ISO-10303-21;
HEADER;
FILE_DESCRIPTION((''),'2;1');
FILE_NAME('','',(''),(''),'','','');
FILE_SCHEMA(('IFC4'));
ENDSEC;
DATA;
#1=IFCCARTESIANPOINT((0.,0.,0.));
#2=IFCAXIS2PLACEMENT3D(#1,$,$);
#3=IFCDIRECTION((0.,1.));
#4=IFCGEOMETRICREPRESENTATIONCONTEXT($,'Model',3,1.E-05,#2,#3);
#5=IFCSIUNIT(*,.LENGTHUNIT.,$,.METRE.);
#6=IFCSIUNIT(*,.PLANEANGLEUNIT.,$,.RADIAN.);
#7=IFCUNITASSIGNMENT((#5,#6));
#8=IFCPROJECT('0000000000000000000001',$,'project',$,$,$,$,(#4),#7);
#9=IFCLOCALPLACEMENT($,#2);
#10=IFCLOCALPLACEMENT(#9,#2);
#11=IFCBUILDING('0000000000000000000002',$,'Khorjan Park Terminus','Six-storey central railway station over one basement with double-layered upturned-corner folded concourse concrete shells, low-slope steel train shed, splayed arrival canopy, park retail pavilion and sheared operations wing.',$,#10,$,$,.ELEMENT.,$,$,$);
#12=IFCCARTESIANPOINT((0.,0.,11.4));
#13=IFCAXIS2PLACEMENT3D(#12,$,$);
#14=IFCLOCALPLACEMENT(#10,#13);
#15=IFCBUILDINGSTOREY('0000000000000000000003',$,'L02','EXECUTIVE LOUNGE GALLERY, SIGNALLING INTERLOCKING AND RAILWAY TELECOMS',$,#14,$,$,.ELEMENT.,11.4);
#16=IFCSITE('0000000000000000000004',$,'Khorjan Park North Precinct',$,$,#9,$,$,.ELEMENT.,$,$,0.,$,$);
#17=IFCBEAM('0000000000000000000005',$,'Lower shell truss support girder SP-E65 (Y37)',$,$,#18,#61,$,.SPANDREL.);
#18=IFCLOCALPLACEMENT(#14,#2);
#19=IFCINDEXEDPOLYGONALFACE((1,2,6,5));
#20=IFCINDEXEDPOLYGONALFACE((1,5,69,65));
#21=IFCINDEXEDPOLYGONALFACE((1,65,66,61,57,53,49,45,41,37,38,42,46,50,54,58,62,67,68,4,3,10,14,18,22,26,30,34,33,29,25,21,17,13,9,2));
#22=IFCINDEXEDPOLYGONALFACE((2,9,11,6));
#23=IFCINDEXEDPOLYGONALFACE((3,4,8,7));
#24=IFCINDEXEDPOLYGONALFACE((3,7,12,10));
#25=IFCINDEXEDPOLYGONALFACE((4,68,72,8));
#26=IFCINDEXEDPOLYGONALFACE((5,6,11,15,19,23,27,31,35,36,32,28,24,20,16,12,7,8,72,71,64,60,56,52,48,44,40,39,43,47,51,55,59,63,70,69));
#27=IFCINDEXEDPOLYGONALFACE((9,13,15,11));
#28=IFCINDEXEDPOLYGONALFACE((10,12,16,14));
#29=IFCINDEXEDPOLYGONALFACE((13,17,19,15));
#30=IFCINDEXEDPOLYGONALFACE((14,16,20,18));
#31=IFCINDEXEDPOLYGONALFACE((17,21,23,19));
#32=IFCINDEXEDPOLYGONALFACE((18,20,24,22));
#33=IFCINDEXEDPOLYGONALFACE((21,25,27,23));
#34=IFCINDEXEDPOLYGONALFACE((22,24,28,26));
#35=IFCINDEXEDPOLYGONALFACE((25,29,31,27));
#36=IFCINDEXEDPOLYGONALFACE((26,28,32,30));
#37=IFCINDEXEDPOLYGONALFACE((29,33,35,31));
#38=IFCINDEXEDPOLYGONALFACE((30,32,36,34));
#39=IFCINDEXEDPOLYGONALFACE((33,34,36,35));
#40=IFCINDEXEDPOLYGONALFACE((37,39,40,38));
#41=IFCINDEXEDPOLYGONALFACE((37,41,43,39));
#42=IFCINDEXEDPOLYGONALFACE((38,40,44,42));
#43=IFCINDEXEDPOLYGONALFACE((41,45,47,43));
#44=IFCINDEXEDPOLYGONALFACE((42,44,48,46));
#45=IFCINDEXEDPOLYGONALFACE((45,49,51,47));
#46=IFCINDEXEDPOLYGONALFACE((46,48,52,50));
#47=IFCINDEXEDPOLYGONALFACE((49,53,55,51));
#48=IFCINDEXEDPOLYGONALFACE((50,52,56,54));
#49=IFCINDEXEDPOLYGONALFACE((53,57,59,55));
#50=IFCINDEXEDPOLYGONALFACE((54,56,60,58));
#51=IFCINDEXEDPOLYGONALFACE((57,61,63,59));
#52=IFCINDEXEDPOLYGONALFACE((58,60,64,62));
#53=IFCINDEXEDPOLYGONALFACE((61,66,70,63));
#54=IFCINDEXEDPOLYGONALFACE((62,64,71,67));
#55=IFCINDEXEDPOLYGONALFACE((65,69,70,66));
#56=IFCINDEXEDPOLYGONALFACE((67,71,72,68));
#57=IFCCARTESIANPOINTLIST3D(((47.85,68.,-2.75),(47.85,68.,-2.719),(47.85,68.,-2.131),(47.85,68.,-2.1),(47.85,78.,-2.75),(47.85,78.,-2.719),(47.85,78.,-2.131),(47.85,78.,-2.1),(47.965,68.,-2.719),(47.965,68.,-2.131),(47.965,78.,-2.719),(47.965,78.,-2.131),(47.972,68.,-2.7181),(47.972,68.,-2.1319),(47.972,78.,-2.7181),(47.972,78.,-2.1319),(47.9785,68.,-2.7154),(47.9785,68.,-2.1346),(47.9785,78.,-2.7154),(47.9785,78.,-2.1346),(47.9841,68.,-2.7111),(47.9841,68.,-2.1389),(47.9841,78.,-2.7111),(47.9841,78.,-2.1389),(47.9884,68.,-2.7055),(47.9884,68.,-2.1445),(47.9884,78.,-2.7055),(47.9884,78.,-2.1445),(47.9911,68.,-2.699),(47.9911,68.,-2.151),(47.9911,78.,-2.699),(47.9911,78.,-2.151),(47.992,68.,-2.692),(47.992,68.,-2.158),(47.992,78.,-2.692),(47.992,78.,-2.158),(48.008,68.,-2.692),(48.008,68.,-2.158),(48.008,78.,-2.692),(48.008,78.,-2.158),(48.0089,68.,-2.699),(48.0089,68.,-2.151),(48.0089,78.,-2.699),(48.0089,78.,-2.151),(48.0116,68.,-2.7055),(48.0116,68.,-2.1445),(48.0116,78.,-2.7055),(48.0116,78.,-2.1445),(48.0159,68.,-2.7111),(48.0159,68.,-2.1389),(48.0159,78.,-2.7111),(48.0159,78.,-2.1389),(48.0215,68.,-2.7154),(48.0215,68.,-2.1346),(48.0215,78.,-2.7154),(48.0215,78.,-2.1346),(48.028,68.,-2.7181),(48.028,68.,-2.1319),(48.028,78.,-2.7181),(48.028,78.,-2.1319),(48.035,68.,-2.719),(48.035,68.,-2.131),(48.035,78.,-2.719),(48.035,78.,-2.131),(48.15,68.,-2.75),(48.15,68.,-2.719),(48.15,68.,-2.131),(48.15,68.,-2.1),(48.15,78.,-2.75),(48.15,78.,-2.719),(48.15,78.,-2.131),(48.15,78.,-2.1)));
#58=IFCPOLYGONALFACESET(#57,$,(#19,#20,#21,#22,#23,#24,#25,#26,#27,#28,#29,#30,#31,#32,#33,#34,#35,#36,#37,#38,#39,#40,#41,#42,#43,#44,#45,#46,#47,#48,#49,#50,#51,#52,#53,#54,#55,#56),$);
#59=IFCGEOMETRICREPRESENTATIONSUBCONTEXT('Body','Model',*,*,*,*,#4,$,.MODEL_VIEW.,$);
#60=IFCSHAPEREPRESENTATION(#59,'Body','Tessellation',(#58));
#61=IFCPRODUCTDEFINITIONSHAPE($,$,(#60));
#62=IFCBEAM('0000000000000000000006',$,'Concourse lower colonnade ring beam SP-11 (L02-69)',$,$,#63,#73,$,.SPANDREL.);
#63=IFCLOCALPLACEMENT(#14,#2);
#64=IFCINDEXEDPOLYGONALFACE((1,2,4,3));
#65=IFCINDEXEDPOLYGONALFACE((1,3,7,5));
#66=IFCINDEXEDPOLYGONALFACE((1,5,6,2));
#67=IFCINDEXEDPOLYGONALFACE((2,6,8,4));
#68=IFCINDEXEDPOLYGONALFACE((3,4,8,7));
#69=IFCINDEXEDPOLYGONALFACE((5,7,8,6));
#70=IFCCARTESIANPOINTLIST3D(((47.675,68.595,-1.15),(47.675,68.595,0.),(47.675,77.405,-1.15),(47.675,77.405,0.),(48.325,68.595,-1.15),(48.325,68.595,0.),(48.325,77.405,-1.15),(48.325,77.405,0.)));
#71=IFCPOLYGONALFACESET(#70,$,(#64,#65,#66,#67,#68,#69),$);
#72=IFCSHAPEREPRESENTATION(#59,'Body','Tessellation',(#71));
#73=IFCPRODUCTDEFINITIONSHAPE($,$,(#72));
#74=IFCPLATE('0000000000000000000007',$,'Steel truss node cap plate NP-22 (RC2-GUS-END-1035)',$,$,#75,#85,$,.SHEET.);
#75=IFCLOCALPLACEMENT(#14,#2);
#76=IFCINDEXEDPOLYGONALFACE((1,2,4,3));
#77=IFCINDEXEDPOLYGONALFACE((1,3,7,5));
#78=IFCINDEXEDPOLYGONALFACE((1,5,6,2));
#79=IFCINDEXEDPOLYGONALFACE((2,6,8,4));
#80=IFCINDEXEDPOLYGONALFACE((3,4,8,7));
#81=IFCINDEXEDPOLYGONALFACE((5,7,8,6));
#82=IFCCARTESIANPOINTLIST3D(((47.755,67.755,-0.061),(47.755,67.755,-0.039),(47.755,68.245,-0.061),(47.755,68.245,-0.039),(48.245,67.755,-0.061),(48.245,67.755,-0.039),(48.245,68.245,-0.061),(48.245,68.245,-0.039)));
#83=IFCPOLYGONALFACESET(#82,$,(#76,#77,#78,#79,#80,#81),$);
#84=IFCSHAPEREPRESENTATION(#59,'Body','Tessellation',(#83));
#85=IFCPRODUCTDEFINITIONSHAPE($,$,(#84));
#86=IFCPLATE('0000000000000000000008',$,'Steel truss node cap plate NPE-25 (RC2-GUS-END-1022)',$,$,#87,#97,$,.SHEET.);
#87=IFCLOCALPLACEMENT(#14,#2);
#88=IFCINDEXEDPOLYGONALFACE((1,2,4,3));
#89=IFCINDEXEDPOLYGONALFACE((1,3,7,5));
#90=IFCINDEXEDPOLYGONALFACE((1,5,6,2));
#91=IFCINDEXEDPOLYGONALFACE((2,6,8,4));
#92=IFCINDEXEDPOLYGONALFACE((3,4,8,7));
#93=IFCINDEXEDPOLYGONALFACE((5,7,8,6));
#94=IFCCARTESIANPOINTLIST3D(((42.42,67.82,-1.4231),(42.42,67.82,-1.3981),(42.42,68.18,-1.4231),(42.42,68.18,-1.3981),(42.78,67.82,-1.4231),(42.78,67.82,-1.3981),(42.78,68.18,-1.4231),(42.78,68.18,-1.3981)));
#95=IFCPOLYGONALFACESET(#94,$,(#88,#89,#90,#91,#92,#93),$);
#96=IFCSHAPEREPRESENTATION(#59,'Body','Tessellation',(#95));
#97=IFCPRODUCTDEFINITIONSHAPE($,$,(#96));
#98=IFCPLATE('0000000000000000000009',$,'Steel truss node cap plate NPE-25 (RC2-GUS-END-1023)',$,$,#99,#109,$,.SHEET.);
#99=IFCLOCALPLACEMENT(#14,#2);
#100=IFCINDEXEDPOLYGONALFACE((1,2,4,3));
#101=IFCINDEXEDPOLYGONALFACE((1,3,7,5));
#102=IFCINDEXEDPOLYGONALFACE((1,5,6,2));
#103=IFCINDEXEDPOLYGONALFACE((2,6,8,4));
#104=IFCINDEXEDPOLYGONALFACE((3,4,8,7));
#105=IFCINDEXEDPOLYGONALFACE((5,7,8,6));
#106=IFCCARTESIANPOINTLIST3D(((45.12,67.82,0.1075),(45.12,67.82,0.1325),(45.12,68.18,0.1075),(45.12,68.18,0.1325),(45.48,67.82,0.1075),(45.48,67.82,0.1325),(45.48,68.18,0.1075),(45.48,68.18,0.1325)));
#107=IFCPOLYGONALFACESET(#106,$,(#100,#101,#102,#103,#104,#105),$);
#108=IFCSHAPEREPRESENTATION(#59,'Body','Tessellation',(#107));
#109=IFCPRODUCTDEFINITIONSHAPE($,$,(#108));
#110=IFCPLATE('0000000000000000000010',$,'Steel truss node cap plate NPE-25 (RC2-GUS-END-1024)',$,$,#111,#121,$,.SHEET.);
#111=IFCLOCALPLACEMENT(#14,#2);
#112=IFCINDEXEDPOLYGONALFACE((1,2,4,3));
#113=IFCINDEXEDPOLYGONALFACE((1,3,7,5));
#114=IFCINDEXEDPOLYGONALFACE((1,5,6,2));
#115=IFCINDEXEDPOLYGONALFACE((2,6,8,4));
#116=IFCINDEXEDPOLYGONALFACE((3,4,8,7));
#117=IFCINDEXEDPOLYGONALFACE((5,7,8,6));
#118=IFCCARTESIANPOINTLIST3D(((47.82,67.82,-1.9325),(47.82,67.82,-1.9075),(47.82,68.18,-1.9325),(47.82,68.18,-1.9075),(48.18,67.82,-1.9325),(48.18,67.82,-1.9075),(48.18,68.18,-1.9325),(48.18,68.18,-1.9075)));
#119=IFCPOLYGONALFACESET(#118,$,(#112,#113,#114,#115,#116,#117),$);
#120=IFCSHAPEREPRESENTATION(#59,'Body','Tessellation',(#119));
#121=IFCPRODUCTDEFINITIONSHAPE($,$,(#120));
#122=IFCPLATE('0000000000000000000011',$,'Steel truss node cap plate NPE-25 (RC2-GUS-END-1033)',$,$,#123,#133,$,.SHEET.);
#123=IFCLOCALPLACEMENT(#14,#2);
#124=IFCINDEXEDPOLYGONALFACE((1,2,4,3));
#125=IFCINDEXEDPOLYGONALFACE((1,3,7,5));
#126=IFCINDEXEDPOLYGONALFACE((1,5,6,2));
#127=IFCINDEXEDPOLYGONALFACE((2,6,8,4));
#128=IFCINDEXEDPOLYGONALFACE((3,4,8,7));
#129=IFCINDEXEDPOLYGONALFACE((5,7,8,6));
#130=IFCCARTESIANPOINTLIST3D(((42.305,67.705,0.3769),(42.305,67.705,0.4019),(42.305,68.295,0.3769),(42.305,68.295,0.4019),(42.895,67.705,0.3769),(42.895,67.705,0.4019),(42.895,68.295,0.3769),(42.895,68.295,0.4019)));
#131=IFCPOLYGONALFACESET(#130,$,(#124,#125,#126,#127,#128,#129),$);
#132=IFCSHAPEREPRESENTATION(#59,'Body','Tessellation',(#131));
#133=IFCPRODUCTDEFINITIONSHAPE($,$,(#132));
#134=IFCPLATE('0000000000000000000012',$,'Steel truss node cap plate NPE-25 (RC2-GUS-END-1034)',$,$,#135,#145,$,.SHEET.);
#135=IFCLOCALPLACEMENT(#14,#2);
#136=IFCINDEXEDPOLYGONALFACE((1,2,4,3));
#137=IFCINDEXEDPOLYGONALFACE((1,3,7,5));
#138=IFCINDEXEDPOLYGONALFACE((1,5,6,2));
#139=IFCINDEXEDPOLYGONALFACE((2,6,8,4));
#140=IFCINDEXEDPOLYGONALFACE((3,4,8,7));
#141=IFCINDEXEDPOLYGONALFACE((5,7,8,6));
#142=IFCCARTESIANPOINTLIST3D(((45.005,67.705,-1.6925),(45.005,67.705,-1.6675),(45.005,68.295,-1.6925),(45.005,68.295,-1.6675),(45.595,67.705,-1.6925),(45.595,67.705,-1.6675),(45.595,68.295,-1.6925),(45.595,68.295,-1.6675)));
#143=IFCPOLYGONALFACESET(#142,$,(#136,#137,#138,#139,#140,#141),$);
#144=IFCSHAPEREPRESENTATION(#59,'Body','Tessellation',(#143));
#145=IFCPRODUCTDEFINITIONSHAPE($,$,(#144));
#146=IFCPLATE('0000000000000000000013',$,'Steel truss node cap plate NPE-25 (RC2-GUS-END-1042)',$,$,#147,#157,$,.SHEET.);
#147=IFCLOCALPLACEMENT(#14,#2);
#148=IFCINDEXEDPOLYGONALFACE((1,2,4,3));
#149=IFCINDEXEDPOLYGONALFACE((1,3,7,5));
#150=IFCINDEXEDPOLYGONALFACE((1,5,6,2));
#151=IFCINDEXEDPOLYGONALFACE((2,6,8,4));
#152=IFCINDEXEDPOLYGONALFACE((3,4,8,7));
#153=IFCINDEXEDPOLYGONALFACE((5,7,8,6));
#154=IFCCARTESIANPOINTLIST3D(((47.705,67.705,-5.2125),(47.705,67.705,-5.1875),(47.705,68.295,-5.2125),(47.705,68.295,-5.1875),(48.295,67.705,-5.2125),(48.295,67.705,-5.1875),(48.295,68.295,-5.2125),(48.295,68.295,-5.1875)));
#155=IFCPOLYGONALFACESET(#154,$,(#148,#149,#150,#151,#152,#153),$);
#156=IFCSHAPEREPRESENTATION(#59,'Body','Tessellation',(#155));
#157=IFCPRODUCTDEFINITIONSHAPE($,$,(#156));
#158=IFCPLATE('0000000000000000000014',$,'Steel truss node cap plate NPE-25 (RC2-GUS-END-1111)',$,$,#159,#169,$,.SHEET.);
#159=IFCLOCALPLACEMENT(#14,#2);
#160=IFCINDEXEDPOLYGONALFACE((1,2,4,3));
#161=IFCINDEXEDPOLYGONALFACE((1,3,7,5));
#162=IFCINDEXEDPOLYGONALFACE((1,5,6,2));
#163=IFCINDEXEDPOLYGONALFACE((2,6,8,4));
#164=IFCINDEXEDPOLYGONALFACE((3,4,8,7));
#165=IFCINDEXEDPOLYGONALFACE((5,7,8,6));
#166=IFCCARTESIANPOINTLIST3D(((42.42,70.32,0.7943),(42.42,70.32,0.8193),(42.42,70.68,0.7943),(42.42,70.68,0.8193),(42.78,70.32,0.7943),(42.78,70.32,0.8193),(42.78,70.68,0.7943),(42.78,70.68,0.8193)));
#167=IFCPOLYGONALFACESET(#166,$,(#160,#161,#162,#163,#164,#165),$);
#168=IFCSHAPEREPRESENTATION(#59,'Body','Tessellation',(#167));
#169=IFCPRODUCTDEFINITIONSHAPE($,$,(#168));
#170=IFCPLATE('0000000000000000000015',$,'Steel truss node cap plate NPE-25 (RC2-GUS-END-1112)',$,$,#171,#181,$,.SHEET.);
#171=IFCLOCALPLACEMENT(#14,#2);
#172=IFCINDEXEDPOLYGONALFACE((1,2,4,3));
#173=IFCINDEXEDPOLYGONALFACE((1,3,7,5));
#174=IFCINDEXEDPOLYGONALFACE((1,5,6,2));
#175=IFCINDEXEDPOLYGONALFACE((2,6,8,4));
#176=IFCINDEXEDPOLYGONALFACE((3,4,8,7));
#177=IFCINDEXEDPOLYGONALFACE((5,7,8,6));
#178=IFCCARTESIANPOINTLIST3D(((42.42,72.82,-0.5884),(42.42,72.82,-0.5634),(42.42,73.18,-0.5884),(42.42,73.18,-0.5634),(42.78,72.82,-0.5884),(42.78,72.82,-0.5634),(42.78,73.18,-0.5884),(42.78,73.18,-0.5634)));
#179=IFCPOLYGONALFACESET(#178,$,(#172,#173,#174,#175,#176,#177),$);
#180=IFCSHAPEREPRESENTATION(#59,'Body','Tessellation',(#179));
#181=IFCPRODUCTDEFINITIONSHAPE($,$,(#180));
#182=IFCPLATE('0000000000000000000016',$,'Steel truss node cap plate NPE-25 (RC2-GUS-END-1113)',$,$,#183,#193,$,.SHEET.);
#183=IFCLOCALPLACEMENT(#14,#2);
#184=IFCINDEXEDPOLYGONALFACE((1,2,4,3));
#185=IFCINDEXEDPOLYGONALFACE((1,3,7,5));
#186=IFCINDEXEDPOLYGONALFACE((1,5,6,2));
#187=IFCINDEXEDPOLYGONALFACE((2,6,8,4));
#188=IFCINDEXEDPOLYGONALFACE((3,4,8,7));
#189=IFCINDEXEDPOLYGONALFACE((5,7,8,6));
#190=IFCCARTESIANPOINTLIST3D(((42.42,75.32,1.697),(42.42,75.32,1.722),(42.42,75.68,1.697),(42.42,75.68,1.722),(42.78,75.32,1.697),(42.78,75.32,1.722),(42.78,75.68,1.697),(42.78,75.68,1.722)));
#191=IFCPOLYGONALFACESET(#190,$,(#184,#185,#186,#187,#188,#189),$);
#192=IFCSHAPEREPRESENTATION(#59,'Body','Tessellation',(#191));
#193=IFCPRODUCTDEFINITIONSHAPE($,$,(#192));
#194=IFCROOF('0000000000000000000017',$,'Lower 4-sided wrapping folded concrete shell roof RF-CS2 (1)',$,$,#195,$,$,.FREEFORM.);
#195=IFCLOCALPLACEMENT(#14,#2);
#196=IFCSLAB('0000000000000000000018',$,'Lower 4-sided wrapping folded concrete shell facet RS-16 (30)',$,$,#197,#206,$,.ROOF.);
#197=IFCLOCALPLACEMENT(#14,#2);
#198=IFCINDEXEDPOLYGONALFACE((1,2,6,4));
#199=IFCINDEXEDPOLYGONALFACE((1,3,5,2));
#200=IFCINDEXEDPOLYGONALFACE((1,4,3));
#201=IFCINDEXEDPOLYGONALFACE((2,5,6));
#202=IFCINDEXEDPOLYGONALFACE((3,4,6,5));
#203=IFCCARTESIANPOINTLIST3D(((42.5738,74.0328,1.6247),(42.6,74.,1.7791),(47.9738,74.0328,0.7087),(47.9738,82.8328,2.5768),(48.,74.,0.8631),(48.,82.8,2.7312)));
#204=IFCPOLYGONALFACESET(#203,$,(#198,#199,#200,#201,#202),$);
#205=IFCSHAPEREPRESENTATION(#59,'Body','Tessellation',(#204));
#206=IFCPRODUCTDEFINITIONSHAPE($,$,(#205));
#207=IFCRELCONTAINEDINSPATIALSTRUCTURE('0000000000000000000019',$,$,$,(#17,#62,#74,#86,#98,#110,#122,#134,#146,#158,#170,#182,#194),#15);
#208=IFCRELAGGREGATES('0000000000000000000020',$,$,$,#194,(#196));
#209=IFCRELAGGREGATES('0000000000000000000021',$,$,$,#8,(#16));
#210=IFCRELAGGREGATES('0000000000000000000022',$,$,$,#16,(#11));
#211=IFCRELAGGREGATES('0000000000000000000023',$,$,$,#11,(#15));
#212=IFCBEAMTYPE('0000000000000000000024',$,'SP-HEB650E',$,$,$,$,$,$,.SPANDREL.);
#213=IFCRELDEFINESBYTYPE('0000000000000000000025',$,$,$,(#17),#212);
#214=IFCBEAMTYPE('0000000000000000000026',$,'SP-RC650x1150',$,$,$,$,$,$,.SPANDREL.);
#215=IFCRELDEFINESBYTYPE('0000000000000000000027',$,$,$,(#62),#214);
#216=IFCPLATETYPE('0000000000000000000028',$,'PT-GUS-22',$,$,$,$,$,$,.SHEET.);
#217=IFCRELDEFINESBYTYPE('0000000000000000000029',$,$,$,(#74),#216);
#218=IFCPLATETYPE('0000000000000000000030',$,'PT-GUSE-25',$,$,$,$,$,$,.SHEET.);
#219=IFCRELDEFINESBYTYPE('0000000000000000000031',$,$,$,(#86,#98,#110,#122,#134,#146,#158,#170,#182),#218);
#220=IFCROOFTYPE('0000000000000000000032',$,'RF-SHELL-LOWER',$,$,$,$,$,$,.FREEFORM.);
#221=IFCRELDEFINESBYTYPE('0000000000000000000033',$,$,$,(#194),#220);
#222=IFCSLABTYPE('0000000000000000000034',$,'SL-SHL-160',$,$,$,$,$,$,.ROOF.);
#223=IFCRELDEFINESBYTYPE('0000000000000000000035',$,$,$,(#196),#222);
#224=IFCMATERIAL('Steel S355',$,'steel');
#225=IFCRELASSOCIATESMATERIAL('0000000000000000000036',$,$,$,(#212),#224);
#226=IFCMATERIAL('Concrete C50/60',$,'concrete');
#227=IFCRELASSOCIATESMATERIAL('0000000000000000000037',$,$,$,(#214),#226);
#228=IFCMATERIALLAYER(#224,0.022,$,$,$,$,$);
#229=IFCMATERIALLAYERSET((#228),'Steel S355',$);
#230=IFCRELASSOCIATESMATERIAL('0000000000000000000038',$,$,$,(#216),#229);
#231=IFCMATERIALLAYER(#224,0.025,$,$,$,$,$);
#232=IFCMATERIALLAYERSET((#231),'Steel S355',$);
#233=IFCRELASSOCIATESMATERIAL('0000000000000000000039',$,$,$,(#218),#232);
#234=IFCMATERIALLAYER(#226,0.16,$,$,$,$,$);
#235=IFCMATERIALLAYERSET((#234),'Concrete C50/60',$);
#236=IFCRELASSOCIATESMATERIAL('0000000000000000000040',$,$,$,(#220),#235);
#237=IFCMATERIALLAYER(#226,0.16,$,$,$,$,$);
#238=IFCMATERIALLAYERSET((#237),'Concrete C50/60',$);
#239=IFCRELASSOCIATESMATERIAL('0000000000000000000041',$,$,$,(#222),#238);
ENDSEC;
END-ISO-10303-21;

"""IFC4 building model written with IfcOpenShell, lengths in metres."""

from ifc_helpers import new_model, si_unit, direction, frame, origin, origin_2d, place, context, subcontext, project, spatial, polyline, rectangle, i_section, outline, extrude, material, layer, layer_set, material_profile, profile_set, type_object, element, aggregate, save


model = new_model("IFC4")

# Units and contexts
model_context = context("Model", 3, precision=1e-05, world=origin(), true_north=direction((0.0, 1.0)))
body_context = subcontext(model_context, "Body", "Model", "MODEL_VIEW")
ifc_project = project(units=[si_unit("LENGTHUNIT", "METRE"), si_unit("PLANEANGLEUNIT", "RADIAN")], contexts=[model_context])

# Site, building, storey
site_placement = place(None, origin())
site = spatial("IfcSite", under=ifc_project, at=site_placement, Name="Khorjan Park North Precinct", CompositionType="ELEMENT", RefElevation=0.0)
building_placement = place(site_placement, origin())
building = spatial("IfcBuilding", under=site, at=building_placement, Name="Khorjan Park Terminus", Description="Six-storey central railway station over one basement with double-layered upturned-corner folded concourse concrete shells, low-slope steel train shed, splayed arrival canopy, park retail pavilion and sheared operations wing.", CompositionType="ELEMENT")
storey_placement = place(building_placement, frame((0.0, 0.0, 11.4)))
storey = spatial("IfcBuildingStorey", under=building, at=storey_placement, Name="L02", Description="EXECUTIVE LOUNGE GALLERY, SIGNALLING INTERLOCKING AND RAILWAY TELECOMS", CompositionType="ELEMENT", Elevation=11.4)

# Shared definitions
ifc_material_1 = material(Name="Concrete C50/60", Category="concrete")

# Shared definitions
ifc_material_2 = material(Name="Steel S355", Category="steel")

# Beams
ifc_material_profile_1 = material_profile(ifc_material_2, i_section(OverallWidth=0.3, OverallDepth=0.65, WebThickness=0.016, FlangeThickness=0.031, FilletRadius=0.027, at=origin_2d()), Name="HEB 650")
ifc_profile_set_1 = profile_set([ifc_material_profile_1], Name="Steel S355")
beam_type_1 = type_object("IfcBeamType", Name="SP-HEB650E", PredefinedType="SPANDREL", material=ifc_profile_set_1)
beam_1_placement = place(storey_placement, frame((48.0, 68.0, -2.425), z_axis=(0.0, 1.0, 0.0), x_axis=(-1.0, 0.0, 0.0)))
element("IfcBeam", 1, at=beam_1_placement, inside=storey, type_object=beam_type_1, Name="Lower shell truss support girder SP-E65 (Y37)", PredefinedType="SPANDREL", context=body_context, shape_type="SweptSolid", body=[
    extrude(i_section(OverallWidth=0.3, OverallDepth=0.65, WebThickness=0.016, FlangeThickness=0.031, FilletRadius=0.027, at=origin_2d()), origin(), (0.0, 0.0, 1.0), 10.0),
])
ifc_material_profile_2 = material_profile(ifc_material_1, rectangle(XDim=0.65, YDim=1.15, at=origin_2d()), Name="RC 650x1150")
ifc_profile_set_2 = profile_set([ifc_material_profile_2], Name="Concrete C50/60")
beam_type_2 = type_object("IfcBeamType", Name="SP-RC650x1150", PredefinedType="SPANDREL", material=ifc_profile_set_2)
beam_2_placement = place(storey_placement, frame((48.0, 68.595, -0.575), z_axis=(0.0, 1.0, 0.0), x_axis=(-1.0, 0.0, 0.0)))
element("IfcBeam", 2, at=beam_2_placement, inside=storey, type_object=beam_type_2, Name="Concourse lower colonnade ring beam SP-11 (L02-69)", PredefinedType="SPANDREL", context=body_context, shape_type="SweptSolid", body=[
    extrude(rectangle(XDim=0.65, YDim=1.15, at=origin_2d()), origin(), (0.0, 0.0, 1.0), 8.81),
])

# Plates
ifc_layer_1 = layer(ifc_material_2, 0.022)
ifc_layer_set_1 = layer_set([ifc_layer_1], Name="Steel S355")
plate_type_1 = type_object("IfcPlateType", Name="PT-GUS-22", PredefinedType="SHEET", material=ifc_layer_set_1)
plate_placement = place(storey_placement, frame((48.0, 68.0, -0.061), z_axis=(0.0, 0.0, 1.0), x_axis=(1.0, 0.0, 0.0)))
element("IfcPlate", 3, at=plate_placement, inside=storey, type_object=plate_type_1, Name="Steel truss node cap plate NP-22 (RC2-GUS-END-1035)", PredefinedType="SHEET", context=body_context, shape_type="SweptSolid", body=[
    extrude(rectangle(XDim=0.49, YDim=0.49, at=origin_2d()), origin(), (0.0, 0.0, 1.0), 0.022),
])
ifc_layer_2 = layer(ifc_material_2, 0.025)
ifc_layer_set_2 = layer_set([ifc_layer_2], Name="Steel S355")
plate_type_2 = type_object("IfcPlateType", Name="PT-GUSE-25", PredefinedType="SHEET", material=ifc_layer_set_2)
for number, where, z_axis, x_axis, name in (
    (4, (42.6, 68.0, -1.4231), (0.0, 0.0, 1.0), (1.0, 0.0, 0.0), "Steel truss node cap plate NPE-25 (RC2-GUS-END-1022)"),
    (5, (45.3, 68.0, 0.1075), (0.0, 0.0, 1.0), (1.0, 0.0, 0.0), "Steel truss node cap plate NPE-25 (RC2-GUS-END-1023)"),
    (6, (48.0, 68.0, -1.9325), (0.0, 0.0, 1.0), (1.0, 0.0, 0.0), "Steel truss node cap plate NPE-25 (RC2-GUS-END-1024)"),
):
    element("IfcPlate", number, at=place(storey_placement, frame(where, z_axis=z_axis, x_axis=x_axis)), inside=storey, type_object=plate_type_2, Name=name, PredefinedType="SHEET", context=body_context, shape_type="SweptSolid", body=[
        extrude(rectangle(XDim=0.36, YDim=0.36, at=origin_2d()), origin(), (0.0, 0.0, 1.0), 0.025),
    ])
for number, where, z_axis, x_axis, name in (
    (7, (42.6, 68.0, 0.3769), (0.0, 0.0, 1.0), (1.0, 0.0, 0.0), "Steel truss node cap plate NPE-25 (RC2-GUS-END-1033)"),
    (8, (45.3, 68.0, -1.6925), (0.0, 0.0, 1.0), (1.0, 0.0, 0.0), "Steel truss node cap plate NPE-25 (RC2-GUS-END-1034)"),
    (9, (48.0, 68.0, -5.2125), (0.0, 0.0, 1.0), (1.0, 0.0, 0.0), "Steel truss node cap plate NPE-25 (RC2-GUS-END-1042)"),
):
    element("IfcPlate", number, at=place(storey_placement, frame(where, z_axis=z_axis, x_axis=x_axis)), inside=storey, type_object=plate_type_2, Name=name, PredefinedType="SHEET", context=body_context, shape_type="SweptSolid", body=[
        extrude(rectangle(XDim=0.59, YDim=0.59, at=origin_2d()), origin(), (0.0, 0.0, 1.0), 0.025),
    ])
for number, where, z_axis, x_axis, name in (
    (10, (42.6, 70.5, 0.7943), (0.0, 0.0, 1.0), (1.0, 0.0, 0.0), "Steel truss node cap plate NPE-25 (RC2-GUS-END-1111)"),
    (11, (42.6, 73.0, -0.5884), (0.0, 0.0, 1.0), (1.0, 0.0, 0.0), "Steel truss node cap plate NPE-25 (RC2-GUS-END-1112)"),
    (12, (42.6, 75.5, 1.697), (0.0, 0.0, 1.0), (1.0, 0.0, 0.0), "Steel truss node cap plate NPE-25 (RC2-GUS-END-1113)"),
):
    element("IfcPlate", number, at=place(storey_placement, frame(where, z_axis=z_axis, x_axis=x_axis)), inside=storey, type_object=plate_type_2, Name=name, PredefinedType="SHEET", context=body_context, shape_type="SweptSolid", body=[
        extrude(rectangle(XDim=0.36, YDim=0.36, at=origin_2d()), origin(), (0.0, 0.0, 1.0), 0.025),
    ])

# Roof, slab
ifc_layer_3 = layer(ifc_material_1, 0.16)
ifc_layer_set_3 = layer_set([ifc_layer_3], Name="Concrete C50/60")
roof_type = type_object("IfcRoofType", Name="RF-SHELL-LOWER", PredefinedType="FREEFORM", material=ifc_layer_set_3)
roof_placement = place(storey_placement, origin())
roof = element("IfcRoof", 13, at=roof_placement, inside=storey, type_object=roof_type, Name="Lower 4-sided wrapping folded concrete shell roof RF-CS2 (1)", PredefinedType="FREEFORM")
ifc_layer_4 = layer(ifc_material_1, 0.16)
ifc_layer_set_4 = layer_set([ifc_layer_4], Name="Concrete C50/60")
slab_type = type_object("IfcSlabType", Name="SL-SHL-160", PredefinedType="ROOF", material=ifc_layer_set_4)
slab_1_placement = place(storey_placement, frame((42.6, 74.0, 1.7791), z_axis=(0.163694, -0.204856, 0.965007), x_axis=(0.985916, 0.0, -0.167241)))
slab_1 = element("IfcSlab", 14, at=slab_1_placement, type_object=slab_type, Name="Lower 4-sided wrapping folded concrete shell facet RS-16 (30)", PredefinedType="ROOF", context=body_context, shape_type="SweptSolid", body=[
    extrude(outline(polyline([(0.0, 0.0), (5.4771, 0.0), (5.1647, 8.9907), (0.0, 0.0)])), origin(), (0.0, 0.0, -1.0), 0.16),
])
aggregate(roof, [slab_1])

save(model, "model.ifc")
